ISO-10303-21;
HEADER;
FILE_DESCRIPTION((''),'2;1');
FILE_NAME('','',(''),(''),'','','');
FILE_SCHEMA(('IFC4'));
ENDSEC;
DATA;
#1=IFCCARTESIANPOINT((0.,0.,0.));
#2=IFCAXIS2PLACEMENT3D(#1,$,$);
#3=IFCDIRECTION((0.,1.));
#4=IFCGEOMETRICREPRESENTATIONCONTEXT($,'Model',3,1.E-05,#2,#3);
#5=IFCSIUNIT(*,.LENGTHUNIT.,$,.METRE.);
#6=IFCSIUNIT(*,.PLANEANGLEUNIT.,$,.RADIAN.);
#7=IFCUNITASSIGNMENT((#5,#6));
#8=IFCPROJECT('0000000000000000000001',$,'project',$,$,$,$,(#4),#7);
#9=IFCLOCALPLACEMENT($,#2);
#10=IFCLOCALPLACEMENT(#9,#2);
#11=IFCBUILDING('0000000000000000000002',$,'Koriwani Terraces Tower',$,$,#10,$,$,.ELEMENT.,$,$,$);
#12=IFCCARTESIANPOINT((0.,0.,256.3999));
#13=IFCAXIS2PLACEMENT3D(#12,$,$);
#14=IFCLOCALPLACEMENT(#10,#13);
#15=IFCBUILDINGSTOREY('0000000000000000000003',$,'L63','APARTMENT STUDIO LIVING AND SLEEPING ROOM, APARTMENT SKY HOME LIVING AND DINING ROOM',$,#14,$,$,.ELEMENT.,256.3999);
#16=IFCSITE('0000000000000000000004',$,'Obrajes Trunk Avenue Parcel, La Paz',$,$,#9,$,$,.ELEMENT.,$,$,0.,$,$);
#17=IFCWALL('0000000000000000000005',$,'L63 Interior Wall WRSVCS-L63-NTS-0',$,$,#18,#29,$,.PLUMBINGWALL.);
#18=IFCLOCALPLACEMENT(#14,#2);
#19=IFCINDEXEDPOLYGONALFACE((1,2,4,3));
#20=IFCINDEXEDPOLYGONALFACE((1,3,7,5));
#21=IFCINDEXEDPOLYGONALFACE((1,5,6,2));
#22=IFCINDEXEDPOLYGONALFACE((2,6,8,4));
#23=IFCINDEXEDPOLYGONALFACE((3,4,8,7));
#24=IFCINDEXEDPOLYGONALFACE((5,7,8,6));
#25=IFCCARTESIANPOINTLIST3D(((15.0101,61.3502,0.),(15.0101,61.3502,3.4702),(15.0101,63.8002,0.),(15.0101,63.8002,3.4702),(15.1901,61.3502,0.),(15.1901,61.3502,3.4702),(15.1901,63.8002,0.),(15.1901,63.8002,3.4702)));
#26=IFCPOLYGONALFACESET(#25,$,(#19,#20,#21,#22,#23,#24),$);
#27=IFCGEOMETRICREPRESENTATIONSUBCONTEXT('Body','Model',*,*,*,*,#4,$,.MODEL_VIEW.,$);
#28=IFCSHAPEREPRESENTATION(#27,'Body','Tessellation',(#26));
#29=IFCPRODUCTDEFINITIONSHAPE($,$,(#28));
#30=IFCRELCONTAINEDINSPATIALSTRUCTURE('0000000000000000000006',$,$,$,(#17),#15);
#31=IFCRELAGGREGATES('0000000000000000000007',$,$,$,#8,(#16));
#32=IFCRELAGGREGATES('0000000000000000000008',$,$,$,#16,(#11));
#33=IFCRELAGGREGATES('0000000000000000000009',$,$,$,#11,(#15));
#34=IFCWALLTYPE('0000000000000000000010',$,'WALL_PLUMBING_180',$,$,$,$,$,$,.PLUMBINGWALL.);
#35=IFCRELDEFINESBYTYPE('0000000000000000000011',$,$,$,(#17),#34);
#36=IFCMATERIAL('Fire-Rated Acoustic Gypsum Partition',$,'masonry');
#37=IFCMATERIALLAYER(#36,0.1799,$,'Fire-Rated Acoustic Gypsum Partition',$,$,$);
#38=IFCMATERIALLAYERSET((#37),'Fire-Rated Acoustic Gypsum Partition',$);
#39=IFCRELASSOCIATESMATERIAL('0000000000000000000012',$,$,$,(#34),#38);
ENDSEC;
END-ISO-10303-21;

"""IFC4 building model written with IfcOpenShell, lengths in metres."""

from ifc_helpers import new_model, si_unit, direction, frame, frame_2d, origin, place, context, subcontext, project, spatial, rectangle, extrude, material, layer, layer_set, type_object, element, save


model = new_model("IFC4")

# Units and contexts
model_context = context("Model", 3, precision=1e-05, world=origin(), true_north=direction((0.0, 1.0)))
body_context = subcontext(model_context, "Body", "Model", "MODEL_VIEW")
ifc_project = project(units=[si_unit("LENGTHUNIT", "METRE"), si_unit("PLANEANGLEUNIT", "RADIAN")], contexts=[model_context])

# Site, building, storey
site_placement = place(None, origin())
site = spatial("IfcSite", under=ifc_project, at=site_placement, Name="Obrajes Trunk Avenue Parcel, La Paz", CompositionType="ELEMENT", RefElevation=0.0)
building_placement = place(site_placement, origin())
building = spatial("IfcBuilding", under=site, at=building_placement, Name="Koriwani Terraces Tower", CompositionType="ELEMENT")
storey_placement = place(building_placement, frame((0.0, 0.0, 256.3999)))
storey = spatial("IfcBuildingStorey", under=building, at=storey_placement, Name="L63", Description="APARTMENT STUDIO LIVING AND SLEEPING ROOM, APARTMENT SKY HOME LIVING AND DINING ROOM", CompositionType="ELEMENT", Elevation=256.3999)

# Shared definitions
ifc_material_1 = material(Name="Fire-Rated Acoustic Gypsum Partition", Category="masonry")
ifc_layer_1 = layer(ifc_material_1, 0.1799, Name="Fire-Rated Acoustic Gypsum Partition")
ifc_layer_set_1 = layer_set([ifc_layer_1], Name="Fire-Rated Acoustic Gypsum Partition")
wall_type_1 = type_object("IfcWallType", Name="WALL_PLUMBING_180", PredefinedType="PLUMBINGWALL", material=ifc_layer_set_1)

# Wall
wall_1_placement = place(storey_placement, frame((15.1001, 61.3501, 0.0), z_axis=(0.0, 0.0, 1.0), x_axis=(0.0, 1.0, 0.0)))
element("IfcWall", 1, at=wall_1_placement, inside=storey, type_object=wall_type_1, Name="L63 Interior Wall WRSVCS-L63-NTS-0", PredefinedType="PLUMBINGWALL", context=body_context, shape_type="SweptSolid", body=[
    extrude(rectangle(XDim=2.45, YDim=0.1799, at=frame_2d((1.2251, 0.0))), origin(), (0.0, 0.0, 1.0), 3.4702),
])

save(model, "model.ifc")
